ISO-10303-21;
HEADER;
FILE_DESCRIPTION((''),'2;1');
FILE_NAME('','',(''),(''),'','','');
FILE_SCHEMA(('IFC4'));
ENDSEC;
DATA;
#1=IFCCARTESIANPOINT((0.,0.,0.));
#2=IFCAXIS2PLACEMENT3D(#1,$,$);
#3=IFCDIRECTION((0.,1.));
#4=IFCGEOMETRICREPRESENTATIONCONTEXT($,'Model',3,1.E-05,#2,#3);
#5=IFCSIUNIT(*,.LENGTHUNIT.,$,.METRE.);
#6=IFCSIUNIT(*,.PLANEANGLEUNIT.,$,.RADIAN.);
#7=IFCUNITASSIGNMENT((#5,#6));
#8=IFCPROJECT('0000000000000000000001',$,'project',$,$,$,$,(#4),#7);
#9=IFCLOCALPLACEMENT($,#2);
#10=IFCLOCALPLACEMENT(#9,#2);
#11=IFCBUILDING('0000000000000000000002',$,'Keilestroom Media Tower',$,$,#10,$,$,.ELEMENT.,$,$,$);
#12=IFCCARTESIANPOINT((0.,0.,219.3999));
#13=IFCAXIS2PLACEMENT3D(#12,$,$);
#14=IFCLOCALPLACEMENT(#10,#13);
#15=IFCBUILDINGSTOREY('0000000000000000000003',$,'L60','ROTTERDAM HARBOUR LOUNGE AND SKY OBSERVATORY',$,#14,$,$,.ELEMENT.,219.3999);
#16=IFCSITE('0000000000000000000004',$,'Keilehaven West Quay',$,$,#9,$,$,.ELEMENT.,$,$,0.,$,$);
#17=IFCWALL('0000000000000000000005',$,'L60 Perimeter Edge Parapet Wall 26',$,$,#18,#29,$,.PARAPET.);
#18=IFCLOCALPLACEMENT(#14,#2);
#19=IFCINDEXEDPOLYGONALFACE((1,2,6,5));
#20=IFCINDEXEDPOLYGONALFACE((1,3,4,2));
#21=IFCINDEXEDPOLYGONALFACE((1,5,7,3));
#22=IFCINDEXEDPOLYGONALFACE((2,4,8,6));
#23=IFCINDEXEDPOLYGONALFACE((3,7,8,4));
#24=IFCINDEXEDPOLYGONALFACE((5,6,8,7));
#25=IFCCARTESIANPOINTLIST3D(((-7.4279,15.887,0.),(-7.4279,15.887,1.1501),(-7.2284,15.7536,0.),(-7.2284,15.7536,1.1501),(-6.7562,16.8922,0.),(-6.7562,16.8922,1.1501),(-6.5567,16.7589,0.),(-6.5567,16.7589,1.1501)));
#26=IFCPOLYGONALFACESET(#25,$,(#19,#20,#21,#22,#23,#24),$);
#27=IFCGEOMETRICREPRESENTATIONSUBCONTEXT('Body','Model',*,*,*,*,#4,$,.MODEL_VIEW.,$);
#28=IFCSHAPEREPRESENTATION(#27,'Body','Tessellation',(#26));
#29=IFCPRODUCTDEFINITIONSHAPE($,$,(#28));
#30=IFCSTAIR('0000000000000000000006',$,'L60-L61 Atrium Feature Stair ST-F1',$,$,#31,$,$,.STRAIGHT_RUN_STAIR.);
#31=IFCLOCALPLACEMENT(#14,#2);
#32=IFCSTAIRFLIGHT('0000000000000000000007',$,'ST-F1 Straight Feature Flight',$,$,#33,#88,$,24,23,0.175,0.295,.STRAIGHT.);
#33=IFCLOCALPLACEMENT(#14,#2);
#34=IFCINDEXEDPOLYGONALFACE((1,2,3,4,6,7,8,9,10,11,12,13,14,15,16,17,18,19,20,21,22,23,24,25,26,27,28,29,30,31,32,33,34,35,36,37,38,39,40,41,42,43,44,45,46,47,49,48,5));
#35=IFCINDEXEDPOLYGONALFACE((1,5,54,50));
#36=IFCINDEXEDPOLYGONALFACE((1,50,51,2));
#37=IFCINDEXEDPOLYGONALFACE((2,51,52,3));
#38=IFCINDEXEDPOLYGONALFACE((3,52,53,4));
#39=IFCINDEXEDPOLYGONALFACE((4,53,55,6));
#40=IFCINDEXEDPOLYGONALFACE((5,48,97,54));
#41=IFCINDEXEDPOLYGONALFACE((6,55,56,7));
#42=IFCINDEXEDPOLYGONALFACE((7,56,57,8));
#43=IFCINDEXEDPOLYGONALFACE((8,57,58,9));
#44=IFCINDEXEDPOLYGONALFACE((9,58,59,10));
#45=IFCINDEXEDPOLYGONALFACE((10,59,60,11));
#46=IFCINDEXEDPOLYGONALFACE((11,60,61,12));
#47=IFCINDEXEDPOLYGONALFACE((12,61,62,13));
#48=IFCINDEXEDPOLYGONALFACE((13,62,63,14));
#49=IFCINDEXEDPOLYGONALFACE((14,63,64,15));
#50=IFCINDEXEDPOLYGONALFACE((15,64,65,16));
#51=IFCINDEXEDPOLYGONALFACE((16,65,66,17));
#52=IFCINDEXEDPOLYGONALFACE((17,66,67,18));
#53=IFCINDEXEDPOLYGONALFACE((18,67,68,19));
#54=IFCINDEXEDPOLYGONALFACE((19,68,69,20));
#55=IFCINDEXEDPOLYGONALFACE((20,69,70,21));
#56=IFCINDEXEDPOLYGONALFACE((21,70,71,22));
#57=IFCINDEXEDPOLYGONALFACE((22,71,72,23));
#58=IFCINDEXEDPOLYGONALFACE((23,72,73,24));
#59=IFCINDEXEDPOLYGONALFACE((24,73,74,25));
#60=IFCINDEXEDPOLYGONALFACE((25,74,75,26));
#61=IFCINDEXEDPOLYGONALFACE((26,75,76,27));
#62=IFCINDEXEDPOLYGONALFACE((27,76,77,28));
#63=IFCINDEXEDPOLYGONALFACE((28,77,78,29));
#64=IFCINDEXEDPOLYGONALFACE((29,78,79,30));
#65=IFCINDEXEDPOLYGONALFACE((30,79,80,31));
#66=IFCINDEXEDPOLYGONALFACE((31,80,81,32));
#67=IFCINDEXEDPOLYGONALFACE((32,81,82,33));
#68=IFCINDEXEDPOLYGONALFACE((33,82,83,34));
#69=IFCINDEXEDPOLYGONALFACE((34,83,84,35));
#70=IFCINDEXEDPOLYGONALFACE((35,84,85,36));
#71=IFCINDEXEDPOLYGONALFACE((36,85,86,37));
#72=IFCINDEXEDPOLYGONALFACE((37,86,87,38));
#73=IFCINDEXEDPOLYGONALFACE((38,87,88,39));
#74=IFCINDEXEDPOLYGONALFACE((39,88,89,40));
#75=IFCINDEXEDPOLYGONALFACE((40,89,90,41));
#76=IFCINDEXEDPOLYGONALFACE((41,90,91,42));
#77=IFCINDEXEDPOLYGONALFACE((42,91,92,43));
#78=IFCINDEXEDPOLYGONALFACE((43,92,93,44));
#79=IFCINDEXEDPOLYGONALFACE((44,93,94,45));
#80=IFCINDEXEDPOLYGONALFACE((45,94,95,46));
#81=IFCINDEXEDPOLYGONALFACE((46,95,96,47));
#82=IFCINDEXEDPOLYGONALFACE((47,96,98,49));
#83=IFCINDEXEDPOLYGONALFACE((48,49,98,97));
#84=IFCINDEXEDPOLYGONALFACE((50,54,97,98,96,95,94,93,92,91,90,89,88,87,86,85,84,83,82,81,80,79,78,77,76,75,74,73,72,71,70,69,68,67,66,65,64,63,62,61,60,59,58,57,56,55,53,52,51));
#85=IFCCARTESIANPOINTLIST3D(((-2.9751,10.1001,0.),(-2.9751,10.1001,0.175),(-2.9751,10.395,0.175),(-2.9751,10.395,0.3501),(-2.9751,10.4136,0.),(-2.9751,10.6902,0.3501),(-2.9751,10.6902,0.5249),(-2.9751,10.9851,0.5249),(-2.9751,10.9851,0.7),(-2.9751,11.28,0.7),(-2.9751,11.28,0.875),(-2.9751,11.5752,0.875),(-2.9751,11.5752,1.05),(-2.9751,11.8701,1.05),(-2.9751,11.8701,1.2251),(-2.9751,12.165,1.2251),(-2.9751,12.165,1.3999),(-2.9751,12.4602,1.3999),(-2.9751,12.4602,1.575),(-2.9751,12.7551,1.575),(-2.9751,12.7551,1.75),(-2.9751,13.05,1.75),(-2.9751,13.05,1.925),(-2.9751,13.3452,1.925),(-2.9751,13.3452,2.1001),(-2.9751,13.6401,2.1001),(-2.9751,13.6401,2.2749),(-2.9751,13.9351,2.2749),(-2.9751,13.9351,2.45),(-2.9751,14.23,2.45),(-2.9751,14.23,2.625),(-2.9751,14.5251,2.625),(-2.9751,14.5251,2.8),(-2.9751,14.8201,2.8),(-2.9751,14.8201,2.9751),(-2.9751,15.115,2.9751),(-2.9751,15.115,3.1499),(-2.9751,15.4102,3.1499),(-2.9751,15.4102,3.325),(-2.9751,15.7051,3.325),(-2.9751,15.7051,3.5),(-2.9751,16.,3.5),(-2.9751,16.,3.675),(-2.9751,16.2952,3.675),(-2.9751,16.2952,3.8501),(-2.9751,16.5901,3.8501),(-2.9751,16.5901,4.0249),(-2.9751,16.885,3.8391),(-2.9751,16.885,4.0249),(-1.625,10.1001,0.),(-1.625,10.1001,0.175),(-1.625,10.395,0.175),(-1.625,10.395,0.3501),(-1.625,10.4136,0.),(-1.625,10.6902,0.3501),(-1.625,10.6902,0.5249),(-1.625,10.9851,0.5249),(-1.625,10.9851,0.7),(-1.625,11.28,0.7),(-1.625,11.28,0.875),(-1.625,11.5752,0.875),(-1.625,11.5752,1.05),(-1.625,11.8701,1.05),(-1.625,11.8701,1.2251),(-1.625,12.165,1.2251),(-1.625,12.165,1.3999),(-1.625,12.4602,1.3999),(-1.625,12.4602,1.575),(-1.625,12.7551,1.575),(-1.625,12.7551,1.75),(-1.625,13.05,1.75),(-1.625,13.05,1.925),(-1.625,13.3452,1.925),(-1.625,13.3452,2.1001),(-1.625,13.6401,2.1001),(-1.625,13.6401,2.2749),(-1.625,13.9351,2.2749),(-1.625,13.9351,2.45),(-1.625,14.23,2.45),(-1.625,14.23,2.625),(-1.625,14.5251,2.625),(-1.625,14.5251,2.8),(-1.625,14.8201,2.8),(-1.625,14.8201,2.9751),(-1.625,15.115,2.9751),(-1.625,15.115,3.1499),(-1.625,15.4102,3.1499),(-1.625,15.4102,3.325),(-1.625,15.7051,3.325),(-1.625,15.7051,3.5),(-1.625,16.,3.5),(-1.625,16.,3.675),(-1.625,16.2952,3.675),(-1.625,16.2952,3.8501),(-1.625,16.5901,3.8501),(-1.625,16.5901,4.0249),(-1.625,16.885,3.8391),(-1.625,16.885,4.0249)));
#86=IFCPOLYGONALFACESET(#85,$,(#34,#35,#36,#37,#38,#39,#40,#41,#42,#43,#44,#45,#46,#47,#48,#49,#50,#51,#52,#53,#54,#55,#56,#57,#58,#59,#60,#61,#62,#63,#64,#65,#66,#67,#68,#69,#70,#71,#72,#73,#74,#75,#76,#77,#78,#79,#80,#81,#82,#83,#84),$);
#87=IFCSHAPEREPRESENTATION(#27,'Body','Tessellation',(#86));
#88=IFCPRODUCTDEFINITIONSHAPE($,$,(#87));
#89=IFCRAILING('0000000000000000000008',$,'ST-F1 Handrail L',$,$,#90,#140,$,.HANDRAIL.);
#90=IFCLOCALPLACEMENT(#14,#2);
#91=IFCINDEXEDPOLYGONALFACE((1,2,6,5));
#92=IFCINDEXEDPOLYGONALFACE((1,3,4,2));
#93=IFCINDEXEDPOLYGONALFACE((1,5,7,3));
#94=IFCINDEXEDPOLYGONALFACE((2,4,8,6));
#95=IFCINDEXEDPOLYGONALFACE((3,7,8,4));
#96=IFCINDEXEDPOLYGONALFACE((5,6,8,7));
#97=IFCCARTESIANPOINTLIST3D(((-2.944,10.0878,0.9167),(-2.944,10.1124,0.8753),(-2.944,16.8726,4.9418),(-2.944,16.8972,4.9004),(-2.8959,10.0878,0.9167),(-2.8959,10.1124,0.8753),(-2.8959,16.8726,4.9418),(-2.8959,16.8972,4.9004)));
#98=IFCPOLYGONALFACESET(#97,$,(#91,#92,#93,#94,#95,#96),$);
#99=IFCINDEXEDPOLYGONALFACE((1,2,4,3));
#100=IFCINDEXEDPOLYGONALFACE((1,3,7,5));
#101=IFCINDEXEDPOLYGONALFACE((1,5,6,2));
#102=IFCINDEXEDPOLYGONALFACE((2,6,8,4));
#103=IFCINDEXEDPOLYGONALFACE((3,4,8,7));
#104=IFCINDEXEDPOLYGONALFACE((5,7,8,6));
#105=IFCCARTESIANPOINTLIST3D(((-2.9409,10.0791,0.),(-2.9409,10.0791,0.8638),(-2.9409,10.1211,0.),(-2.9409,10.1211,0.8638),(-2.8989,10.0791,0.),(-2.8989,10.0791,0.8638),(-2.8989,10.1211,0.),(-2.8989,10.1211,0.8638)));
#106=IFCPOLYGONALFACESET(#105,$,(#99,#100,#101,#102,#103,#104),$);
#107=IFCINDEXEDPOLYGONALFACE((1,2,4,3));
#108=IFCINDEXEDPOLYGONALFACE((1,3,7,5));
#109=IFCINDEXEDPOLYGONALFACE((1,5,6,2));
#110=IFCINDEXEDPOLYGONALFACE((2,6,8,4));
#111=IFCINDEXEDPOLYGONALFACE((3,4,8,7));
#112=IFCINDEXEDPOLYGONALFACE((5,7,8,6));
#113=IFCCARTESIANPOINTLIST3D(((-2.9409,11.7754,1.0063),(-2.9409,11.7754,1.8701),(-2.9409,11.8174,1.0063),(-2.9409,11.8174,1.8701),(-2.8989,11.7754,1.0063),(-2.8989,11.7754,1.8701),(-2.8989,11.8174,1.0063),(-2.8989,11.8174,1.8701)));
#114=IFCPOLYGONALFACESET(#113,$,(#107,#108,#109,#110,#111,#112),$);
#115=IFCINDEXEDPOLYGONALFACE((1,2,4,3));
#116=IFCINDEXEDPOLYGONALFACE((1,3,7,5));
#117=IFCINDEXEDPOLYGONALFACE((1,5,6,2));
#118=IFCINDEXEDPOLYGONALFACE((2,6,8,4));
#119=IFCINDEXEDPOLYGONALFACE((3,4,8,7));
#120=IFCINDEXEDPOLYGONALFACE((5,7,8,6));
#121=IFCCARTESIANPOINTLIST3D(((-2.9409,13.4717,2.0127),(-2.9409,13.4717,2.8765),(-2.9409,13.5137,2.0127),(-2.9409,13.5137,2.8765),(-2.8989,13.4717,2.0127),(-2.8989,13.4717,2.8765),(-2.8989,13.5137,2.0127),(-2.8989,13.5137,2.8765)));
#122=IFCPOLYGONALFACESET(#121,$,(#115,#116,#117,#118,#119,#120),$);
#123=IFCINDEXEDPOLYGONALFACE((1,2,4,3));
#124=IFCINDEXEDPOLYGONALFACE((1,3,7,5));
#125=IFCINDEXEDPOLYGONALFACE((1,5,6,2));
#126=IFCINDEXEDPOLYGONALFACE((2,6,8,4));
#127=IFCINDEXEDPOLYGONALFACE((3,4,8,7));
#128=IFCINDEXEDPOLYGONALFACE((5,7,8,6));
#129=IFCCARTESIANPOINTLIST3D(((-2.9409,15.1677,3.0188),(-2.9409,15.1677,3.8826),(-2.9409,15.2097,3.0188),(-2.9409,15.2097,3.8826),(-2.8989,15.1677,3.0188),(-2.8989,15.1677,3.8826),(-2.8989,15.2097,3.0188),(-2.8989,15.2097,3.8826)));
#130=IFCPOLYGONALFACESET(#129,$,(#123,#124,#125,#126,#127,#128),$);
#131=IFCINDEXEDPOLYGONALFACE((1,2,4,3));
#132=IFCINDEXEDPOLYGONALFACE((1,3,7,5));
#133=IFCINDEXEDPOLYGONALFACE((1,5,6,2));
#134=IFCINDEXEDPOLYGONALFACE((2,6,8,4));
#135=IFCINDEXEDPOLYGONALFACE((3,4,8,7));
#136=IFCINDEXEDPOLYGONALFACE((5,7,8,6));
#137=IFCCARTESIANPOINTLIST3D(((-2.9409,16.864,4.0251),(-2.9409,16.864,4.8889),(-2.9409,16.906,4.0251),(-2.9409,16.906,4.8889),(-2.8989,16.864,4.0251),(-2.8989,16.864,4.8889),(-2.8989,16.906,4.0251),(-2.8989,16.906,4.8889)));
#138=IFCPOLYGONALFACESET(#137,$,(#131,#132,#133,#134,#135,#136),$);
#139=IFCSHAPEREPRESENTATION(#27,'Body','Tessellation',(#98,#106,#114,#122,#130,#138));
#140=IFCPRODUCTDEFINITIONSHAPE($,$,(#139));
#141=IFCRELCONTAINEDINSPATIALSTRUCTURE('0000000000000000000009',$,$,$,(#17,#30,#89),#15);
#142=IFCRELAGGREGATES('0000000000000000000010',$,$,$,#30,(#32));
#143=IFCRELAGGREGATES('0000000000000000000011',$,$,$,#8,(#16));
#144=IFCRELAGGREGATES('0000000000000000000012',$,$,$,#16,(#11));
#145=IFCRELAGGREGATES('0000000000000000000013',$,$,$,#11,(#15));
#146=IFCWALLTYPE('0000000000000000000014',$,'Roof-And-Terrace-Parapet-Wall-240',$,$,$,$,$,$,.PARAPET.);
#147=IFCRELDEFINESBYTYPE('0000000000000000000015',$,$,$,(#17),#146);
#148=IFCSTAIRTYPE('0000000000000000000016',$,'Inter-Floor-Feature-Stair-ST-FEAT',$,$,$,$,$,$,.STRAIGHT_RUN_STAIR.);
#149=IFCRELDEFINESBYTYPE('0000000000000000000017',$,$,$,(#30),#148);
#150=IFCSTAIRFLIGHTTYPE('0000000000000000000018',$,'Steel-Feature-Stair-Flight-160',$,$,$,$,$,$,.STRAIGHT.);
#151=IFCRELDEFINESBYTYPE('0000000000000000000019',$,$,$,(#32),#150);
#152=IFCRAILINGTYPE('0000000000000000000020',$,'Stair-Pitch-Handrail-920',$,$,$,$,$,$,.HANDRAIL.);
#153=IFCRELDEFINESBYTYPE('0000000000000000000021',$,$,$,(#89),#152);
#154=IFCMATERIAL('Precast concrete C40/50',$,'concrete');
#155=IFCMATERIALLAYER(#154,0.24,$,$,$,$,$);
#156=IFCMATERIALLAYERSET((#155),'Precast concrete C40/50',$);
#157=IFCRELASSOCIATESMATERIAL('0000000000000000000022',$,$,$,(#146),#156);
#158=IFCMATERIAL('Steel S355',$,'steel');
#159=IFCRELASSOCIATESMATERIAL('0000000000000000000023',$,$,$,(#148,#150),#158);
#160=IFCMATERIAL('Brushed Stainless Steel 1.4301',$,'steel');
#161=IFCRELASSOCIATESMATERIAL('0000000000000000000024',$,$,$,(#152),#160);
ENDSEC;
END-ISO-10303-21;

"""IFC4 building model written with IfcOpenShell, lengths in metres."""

from ifc_helpers import new_model, si_unit, direction, frame, frame_2d, origin, origin_2d, place, context, subcontext, project, spatial, polyline, rectangle, outline, extrude, material, layer, layer_set, type_object, element, aggregate, save


model = new_model("IFC4")

# Units and contexts
model_context = context("Model", 3, precision=1e-05, world=origin(), true_north=direction((0.0, 1.0)))
body_context = subcontext(model_context, "Body", "Model", "MODEL_VIEW")
ifc_project = project(units=[si_unit("LENGTHUNIT", "METRE"), si_unit("PLANEANGLEUNIT", "RADIAN")], contexts=[model_context])

# Site, building, storey
site_placement = place(None, origin())
site = spatial("IfcSite", under=ifc_project, at=site_placement, Name="Keilehaven West Quay", CompositionType="ELEMENT", RefElevation=0.0)
building_placement = place(site_placement, origin())
building = spatial("IfcBuilding", under=site, at=building_placement, Name="Keilestroom Media Tower", CompositionType="ELEMENT")
storey_placement = place(building_placement, frame((0.0, 0.0, 219.3999)))
storey = spatial("IfcBuildingStorey", under=building, at=storey_placement, Name="L60", Description="ROTTERDAM HARBOUR LOUNGE AND SKY OBSERVATORY", CompositionType="ELEMENT", Elevation=219.3999)

# Shared definitions
ifc_material_1 = material(Name="Steel S355", Category="steel")

# Wall
ifc_material_2 = material(Name="Precast concrete C40/50", Category="concrete")
ifc_layer_1 = layer(ifc_material_2, 0.24)
ifc_layer_set_1 = layer_set([ifc_layer_1], Name="Precast concrete C40/50")
wall_type_1 = type_object("IfcWallType", Name="Roof-And-Terrace-Parapet-Wall-240", PredefinedType="PARAPET", material=ifc_layer_set_1)
wall_1_placement = place(storey_placement, frame((-7.3281, 15.8203, 0.0), z_axis=(0.0, 0.0, 1.0), x_axis=(0.555585, 0.831459, 0.0)))
element("IfcWall", 1, at=wall_1_placement, inside=storey, type_object=wall_type_1, Name="L60 Perimeter Edge Parapet Wall 26", PredefinedType="PARAPET", context=body_context, shape_type="SweptSolid", body=[
    extrude(rectangle(XDim=1.209, YDim=0.24, at=frame_2d((0.6045, 0.0))), origin(), (0.0, 0.0, 1.0), 1.1501),
])

# Stair, stair flight
stair_type = type_object("IfcStairType", Name="Inter-Floor-Feature-Stair-ST-FEAT", PredefinedType="STRAIGHT_RUN_STAIR", material=ifc_material_1)
stair_placement = place(storey_placement, origin())
stair = element("IfcStair", 2, at=stair_placement, inside=storey, type_object=stair_type, Name="L60-L61 Atrium Feature Stair ST-F1", PredefinedType="STRAIGHT_RUN_STAIR")
stair_flight_type = type_object("IfcStairFlightType", Name="Steel-Feature-Stair-Flight-160", PredefinedType="STRAIGHT", material=ifc_material_1)
stair_flight_placement = place(storey_placement, frame((-2.3, 10.1001, 0.0), z_axis=(0.0, 0.0, 1.0), x_axis=(0.0, 1.0, 0.0)))
stair_flight = element("IfcStairFlight", 3, at=stair_flight_placement, type_object=stair_flight_type, Name="ST-F1 Straight Feature Flight", NumberOfRisers=24, NumberOfTreads=23, PredefinedType="STRAIGHT", RiserHeight=0.175, TreadLength=0.295, context=body_context, shape_type="SweptSolid", body=[
    extrude(outline(polyline([(0.0, 0.0), (0.0, 0.175), (0.2949, 0.175), (0.2949, 0.3501), (0.5901, 0.3501), (0.5901, 0.5249), (0.885, 0.5249), (0.885, 0.7), (1.1799, 0.7), (1.1799, 0.875), (1.4751, 0.875), (1.4751, 1.05), (1.77, 1.05), (1.77, 1.2251), (2.0649, 1.2251), (2.0649, 1.3999), (2.3601, 1.3999), (2.3601, 1.575), (2.655, 1.575), (2.655, 1.75), (2.95, 1.75), (2.95, 1.925), (3.2451, 1.925), (3.2451, 2.1001), (3.54, 2.1001), (3.54, 2.2749), (3.835, 2.2749), (3.835, 2.45), (4.1299, 2.45), (4.1299, 2.625), (4.425, 2.625), (4.425, 2.8), (4.72, 2.8), (4.72, 2.9751), (5.0149, 2.9751), (5.0149, 3.1499), (5.3101, 3.1499), (5.3101, 3.325), (5.605, 3.325), (5.605, 3.5), (5.8999, 3.5), (5.8999, 3.675), (6.1951, 3.675), (6.1951, 3.8501), (6.49, 3.8501), (6.49, 4.0249), (6.7849, 4.0249), (6.7849, 4.2), (6.7849, 3.8391), (0.3135, 0.0), (0.0, 0.0)])), frame((0.0, 0.675, 0.0), z_axis=(0.0, -1.0, 0.0), x_axis=(1.0, 0.0, 0.0)), (0.0, 0.0, 1.0), 1.3501),
])
aggregate(stair, [stair_flight])

# Railing
ifc_material_3 = material(Name="Brushed Stainless Steel 1.4301", Category="steel")
railing_type_1 = type_object("IfcRailingType", Name="Stair-Pitch-Handrail-920", PredefinedType="HANDRAIL", material=ifc_material_3)
railing_1_placement = place(storey_placement, frame((-2.9199, 10.1001, 0.0)))
element("IfcRailing", 4, at=railing_1_placement, inside=storey, type_object=railing_type_1, Name="ST-F1 Handrail L", PredefinedType="HANDRAIL", context=body_context, shape_type="SweptSolid", body=[
    extrude(rectangle(XDim=0.0481, YDim=0.0481, at=origin_2d()), frame((0.0, 0.0, 0.896), z_axis=(0.0, 0.860044, 0.510221), x_axis=(-1.0, 0.0, 0.0)), (0.0, 0.0, 1.0), 7.8889),
    extrude(rectangle(XDim=0.042, YDim=0.042, at=origin_2d()), origin(), (0.0, 0.0, 1.0), 0.8638),
    extrude(rectangle(XDim=0.042, YDim=0.042, at=origin_2d()), frame((0.0, 1.6963, 1.0063)), (0.0, 0.0, 1.0), 0.8638),
    extrude(rectangle(XDim=0.042, YDim=0.042, at=origin_2d()), frame((0.0, 3.3926, 2.0127)), (0.0, 0.0, 1.0), 0.8638),
    extrude(rectangle(XDim=0.042, YDim=0.042, at=origin_2d()), frame((0.0, 5.0886, 3.0188)), (0.0, 0.0, 1.0), 0.8638),
    extrude(rectangle(XDim=0.042, YDim=0.042, at=origin_2d()), frame((0.0, 6.7849, 4.0251)), (0.0, 0.0, 1.0), 0.8638),
])

save(model, "model.ifc")
